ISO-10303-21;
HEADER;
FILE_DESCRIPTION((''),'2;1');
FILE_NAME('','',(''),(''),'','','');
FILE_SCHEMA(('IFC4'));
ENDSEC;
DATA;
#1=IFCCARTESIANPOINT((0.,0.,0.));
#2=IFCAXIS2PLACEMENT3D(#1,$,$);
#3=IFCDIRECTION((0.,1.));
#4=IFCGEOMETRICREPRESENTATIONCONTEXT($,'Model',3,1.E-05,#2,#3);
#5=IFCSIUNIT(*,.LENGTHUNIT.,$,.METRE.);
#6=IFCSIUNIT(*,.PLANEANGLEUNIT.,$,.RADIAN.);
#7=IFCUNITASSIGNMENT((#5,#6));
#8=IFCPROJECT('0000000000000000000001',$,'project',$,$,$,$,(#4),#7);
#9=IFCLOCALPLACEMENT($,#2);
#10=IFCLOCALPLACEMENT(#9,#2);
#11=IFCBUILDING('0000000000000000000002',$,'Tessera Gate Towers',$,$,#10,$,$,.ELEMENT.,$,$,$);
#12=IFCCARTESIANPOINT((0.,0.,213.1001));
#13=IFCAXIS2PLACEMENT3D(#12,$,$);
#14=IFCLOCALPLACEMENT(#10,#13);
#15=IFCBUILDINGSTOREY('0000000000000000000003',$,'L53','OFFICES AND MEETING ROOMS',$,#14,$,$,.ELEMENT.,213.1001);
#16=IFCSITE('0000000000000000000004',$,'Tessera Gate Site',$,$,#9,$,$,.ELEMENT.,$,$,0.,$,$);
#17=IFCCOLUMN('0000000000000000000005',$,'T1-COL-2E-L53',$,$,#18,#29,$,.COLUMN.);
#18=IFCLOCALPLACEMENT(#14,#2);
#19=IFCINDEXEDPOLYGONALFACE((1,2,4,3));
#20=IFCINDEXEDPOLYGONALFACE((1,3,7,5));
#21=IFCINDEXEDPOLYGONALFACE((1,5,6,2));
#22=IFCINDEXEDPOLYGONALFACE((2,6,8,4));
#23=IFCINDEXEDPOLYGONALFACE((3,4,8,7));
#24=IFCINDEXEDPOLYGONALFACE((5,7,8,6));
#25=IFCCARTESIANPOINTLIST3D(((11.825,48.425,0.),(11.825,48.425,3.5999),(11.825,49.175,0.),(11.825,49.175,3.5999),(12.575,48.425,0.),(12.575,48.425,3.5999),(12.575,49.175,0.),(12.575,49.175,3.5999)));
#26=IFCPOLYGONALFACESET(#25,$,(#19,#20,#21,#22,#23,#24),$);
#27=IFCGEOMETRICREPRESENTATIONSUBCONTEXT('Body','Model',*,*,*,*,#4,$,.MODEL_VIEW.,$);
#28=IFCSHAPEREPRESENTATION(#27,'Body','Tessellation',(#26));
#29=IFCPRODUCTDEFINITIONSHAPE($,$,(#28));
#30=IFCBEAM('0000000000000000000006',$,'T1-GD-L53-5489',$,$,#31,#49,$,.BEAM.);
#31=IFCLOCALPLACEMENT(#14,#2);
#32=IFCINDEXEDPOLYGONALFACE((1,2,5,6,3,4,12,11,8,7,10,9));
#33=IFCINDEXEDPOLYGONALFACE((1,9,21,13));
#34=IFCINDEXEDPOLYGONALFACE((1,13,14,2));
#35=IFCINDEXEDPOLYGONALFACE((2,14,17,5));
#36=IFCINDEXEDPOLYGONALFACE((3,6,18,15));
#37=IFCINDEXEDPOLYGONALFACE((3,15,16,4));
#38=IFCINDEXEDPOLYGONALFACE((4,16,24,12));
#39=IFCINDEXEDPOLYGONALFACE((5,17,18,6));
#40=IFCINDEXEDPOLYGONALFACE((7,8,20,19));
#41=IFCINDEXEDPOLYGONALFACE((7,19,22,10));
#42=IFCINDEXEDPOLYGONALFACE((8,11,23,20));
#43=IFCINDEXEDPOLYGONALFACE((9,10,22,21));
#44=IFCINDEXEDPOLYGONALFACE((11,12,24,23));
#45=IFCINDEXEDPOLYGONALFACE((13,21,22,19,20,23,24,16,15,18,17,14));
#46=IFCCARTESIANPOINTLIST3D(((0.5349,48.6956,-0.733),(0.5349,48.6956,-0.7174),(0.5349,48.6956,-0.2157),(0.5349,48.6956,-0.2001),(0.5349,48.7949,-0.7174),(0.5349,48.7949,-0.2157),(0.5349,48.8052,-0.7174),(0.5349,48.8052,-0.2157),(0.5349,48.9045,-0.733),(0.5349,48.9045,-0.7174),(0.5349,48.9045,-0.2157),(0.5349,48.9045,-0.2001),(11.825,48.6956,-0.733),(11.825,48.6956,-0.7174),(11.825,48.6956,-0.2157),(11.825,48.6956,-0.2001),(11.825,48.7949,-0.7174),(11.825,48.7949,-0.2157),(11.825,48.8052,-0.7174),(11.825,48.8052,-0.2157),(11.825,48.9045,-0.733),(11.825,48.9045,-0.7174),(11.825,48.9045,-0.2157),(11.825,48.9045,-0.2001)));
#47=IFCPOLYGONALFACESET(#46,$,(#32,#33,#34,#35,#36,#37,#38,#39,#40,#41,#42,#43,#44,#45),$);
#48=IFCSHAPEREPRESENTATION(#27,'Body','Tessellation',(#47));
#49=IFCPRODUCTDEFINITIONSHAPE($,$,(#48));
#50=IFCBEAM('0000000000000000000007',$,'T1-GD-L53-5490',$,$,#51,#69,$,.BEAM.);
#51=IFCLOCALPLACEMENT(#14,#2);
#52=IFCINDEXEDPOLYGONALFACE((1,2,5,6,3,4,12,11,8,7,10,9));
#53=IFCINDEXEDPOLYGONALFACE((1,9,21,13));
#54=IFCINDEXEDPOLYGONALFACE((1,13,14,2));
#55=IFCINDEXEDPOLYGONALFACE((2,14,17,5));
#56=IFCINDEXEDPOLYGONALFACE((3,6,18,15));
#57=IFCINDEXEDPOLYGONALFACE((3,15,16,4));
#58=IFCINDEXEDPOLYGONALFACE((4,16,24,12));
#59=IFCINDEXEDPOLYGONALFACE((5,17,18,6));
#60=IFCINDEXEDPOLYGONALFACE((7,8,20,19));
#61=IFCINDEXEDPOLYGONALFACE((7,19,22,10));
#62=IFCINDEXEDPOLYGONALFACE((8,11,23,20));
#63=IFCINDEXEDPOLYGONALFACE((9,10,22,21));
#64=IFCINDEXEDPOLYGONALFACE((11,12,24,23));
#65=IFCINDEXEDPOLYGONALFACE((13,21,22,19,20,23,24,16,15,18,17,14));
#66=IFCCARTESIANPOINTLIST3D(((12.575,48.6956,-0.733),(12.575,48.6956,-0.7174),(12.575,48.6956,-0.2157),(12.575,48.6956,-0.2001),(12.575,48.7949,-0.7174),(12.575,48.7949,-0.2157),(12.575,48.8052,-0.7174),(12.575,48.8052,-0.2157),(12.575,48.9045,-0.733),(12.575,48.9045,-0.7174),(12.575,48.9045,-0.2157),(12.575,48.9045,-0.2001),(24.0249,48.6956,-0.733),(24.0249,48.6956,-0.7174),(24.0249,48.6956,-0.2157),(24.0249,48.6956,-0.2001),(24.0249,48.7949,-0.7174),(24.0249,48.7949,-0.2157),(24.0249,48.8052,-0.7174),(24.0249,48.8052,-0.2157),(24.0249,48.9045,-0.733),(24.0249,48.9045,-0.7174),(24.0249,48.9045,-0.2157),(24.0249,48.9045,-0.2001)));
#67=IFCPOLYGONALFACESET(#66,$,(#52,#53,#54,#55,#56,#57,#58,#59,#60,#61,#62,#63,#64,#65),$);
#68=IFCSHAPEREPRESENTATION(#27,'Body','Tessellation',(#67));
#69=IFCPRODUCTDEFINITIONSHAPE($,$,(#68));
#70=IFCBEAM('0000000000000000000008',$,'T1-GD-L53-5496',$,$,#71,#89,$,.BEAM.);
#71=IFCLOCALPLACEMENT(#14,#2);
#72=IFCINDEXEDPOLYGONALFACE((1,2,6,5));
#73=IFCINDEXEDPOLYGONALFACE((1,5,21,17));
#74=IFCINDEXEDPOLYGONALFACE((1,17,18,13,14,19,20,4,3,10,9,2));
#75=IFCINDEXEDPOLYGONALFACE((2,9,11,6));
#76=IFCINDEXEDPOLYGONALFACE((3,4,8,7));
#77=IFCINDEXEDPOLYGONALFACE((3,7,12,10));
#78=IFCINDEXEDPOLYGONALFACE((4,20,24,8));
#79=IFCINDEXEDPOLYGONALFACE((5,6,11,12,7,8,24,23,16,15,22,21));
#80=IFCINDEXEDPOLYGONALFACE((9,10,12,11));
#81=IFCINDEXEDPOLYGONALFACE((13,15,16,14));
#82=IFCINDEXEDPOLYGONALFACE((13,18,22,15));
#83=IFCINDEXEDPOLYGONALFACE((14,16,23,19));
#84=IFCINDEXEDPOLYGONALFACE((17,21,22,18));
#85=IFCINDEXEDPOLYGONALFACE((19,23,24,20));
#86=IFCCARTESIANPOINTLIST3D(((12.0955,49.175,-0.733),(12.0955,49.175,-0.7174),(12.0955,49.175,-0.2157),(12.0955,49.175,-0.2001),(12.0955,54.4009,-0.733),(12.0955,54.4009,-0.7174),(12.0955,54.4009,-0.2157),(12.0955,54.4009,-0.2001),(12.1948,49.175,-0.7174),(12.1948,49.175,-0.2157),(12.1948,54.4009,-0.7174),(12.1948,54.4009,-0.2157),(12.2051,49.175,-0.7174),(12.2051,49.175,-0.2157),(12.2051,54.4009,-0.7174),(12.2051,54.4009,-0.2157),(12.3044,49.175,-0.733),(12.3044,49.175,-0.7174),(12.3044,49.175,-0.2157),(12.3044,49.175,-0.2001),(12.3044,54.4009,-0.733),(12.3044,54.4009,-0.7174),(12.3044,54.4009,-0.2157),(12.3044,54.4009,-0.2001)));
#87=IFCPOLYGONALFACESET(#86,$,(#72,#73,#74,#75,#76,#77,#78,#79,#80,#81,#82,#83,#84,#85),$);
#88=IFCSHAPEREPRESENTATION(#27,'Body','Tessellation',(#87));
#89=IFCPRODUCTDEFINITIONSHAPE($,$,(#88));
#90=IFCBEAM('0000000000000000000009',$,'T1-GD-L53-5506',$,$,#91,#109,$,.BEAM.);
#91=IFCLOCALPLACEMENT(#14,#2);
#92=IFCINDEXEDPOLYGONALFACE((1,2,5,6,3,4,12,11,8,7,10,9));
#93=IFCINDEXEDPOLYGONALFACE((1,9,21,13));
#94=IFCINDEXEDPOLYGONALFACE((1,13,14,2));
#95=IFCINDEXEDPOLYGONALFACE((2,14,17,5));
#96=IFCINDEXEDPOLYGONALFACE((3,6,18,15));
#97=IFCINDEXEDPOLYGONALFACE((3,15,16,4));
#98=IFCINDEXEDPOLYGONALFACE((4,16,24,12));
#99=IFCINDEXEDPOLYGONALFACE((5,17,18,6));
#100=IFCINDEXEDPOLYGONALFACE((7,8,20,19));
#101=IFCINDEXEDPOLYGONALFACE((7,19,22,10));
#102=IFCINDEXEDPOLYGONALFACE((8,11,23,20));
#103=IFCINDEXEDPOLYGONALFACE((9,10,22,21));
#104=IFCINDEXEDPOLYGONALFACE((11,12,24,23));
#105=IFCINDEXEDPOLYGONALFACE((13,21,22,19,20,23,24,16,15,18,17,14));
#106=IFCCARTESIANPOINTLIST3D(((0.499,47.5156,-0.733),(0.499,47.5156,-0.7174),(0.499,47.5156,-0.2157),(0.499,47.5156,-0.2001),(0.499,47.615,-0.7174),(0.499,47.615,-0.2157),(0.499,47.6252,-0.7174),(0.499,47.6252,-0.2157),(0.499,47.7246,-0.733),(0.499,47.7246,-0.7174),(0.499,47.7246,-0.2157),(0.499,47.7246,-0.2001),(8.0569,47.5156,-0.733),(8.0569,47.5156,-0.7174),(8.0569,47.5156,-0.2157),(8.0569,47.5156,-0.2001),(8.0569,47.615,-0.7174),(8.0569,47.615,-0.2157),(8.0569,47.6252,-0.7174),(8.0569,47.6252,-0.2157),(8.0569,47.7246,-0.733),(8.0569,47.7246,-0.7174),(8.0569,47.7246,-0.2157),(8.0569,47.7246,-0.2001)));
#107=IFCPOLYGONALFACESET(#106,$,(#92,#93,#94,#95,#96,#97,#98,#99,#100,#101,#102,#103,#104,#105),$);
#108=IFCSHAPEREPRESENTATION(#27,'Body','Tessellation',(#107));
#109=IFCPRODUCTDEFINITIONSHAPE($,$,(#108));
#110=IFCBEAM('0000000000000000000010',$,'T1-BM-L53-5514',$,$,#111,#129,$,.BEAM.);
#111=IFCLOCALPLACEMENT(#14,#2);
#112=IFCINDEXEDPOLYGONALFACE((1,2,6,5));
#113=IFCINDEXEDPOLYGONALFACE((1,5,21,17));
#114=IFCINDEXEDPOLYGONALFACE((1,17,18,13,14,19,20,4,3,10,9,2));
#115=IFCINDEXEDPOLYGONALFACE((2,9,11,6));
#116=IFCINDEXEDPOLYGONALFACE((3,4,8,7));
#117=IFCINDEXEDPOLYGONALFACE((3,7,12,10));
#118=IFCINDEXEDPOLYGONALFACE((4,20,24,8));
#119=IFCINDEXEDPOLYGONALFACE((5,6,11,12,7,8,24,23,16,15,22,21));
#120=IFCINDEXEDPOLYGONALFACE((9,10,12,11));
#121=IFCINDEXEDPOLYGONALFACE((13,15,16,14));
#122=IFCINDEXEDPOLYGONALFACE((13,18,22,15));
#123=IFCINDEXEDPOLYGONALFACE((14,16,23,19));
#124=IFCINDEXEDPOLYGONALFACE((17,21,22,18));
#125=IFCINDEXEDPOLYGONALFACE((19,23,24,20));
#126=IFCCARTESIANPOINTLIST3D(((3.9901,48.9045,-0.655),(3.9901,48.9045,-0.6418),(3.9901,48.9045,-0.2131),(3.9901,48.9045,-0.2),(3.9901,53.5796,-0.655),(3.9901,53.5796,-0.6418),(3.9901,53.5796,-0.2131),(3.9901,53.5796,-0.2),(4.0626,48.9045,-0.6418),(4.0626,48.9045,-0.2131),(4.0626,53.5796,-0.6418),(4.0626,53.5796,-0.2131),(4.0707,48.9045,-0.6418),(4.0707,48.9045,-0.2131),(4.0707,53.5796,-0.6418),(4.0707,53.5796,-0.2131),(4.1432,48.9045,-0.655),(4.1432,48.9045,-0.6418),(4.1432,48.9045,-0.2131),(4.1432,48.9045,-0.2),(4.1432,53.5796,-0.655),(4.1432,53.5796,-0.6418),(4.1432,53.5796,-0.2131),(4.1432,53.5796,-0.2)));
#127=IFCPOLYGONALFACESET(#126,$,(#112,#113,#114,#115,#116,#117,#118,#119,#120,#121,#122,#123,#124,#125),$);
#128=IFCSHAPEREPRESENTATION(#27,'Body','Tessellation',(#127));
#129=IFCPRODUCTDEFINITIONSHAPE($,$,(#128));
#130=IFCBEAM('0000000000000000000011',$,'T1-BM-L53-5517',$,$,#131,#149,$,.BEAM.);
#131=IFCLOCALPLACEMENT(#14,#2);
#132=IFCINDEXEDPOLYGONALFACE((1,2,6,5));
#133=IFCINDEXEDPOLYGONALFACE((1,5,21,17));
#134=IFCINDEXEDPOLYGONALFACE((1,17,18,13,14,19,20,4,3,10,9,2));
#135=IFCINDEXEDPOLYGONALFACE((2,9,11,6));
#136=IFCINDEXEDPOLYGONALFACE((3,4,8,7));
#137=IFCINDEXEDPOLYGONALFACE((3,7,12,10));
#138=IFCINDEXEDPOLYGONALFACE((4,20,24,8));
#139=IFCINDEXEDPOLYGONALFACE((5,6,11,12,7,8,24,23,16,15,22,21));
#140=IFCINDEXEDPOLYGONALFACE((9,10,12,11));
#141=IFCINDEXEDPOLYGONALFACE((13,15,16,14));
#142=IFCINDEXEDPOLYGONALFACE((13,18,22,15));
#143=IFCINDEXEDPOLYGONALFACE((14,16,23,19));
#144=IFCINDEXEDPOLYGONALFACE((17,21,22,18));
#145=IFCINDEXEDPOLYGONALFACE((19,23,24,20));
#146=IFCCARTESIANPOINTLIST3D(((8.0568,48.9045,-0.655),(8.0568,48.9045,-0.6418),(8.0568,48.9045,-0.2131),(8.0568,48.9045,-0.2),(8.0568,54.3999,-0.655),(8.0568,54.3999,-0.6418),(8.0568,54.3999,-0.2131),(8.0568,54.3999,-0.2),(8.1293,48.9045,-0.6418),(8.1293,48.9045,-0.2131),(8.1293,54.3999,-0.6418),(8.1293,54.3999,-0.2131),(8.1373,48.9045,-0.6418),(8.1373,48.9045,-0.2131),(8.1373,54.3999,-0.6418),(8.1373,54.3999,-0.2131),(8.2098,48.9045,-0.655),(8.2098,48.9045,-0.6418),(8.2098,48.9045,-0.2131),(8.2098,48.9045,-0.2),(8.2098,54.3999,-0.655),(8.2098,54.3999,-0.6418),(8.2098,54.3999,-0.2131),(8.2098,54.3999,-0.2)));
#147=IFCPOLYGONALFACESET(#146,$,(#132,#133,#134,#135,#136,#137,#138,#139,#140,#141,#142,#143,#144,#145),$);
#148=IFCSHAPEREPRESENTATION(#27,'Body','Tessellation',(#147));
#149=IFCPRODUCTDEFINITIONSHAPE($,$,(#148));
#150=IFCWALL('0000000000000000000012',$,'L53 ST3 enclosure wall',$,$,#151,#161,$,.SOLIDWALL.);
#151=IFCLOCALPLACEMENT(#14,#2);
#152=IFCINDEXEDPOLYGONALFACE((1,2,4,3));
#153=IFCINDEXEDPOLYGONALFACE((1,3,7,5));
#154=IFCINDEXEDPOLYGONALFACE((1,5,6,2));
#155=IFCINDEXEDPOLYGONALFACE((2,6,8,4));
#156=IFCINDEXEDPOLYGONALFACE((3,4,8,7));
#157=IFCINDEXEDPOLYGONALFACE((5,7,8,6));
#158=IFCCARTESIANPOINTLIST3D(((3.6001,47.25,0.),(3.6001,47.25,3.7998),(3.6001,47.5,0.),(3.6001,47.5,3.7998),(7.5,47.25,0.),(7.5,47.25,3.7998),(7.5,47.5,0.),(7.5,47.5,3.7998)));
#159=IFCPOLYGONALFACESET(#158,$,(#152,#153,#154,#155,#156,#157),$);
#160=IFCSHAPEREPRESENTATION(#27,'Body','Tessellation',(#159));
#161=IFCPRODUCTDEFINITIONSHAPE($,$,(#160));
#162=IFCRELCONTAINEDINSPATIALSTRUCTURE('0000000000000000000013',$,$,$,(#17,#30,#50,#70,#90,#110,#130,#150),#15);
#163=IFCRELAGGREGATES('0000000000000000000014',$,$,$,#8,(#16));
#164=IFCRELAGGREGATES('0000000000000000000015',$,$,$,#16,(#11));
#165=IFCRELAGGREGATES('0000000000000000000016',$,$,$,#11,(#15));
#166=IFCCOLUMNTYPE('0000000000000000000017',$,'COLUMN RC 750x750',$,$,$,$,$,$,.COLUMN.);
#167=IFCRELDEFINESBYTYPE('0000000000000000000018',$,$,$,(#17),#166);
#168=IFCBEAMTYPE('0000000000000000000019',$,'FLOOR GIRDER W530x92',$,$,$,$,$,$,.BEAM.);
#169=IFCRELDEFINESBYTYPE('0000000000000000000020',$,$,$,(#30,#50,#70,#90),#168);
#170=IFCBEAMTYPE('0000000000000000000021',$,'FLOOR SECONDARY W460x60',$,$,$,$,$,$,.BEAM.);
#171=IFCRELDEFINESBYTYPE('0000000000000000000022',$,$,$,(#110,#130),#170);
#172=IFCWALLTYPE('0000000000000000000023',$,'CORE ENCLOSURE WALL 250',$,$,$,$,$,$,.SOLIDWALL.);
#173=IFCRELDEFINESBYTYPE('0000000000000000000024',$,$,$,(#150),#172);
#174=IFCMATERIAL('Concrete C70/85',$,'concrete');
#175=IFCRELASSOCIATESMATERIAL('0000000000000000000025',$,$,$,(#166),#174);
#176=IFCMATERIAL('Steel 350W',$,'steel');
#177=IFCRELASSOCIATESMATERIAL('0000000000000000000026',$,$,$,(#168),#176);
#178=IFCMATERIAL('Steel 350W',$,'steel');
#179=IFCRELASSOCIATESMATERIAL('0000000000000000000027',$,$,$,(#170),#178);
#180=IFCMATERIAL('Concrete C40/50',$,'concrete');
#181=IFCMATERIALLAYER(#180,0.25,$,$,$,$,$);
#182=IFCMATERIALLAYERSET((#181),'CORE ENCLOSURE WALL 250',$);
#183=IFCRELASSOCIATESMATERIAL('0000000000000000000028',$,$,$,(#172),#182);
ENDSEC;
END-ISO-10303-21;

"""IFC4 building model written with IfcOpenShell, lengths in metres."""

from ifc_helpers import new_model, si_unit, direction, frame, frame_2d, origin, origin_2d, place, context, subcontext, project, spatial, rectangle, i_section, extrude, material, layer, layer_set, material_profile, profile_set, type_object, element, save


model = new_model("IFC4")

# Units and contexts
model_context = context("Model", 3, precision=1e-05, world=origin(), true_north=direction((0.0, 1.0)))
body_context = subcontext(model_context, "Body", "Model", "MODEL_VIEW")
ifc_project = project(units=[si_unit("LENGTHUNIT", "METRE"), si_unit("PLANEANGLEUNIT", "RADIAN")], contexts=[model_context])

# Site, building, storey
site_placement = place(None, origin())
site = spatial("IfcSite", under=ifc_project, at=site_placement, Name="Tessera Gate Site", CompositionType="ELEMENT", RefElevation=0.0)
building_placement = place(site_placement, origin())
building = spatial("IfcBuilding", under=site, at=building_placement, Name="Tessera Gate Towers", CompositionType="ELEMENT")
storey_placement = place(building_placement, frame((0.0, 0.0, 213.1001)))
storey = spatial("IfcBuildingStorey", under=building, at=storey_placement, Name="L53", Description="OFFICES AND MEETING ROOMS", CompositionType="ELEMENT", Elevation=213.1001)

# Column
ifc_material_1 = material(Name="Concrete C70/85", Category="concrete")
ifc_material_profile_1 = material_profile(ifc_material_1, rectangle(XDim=0.75, YDim=0.75, at=origin_2d()), Name="RC 750x750")
ifc_profile_set_1 = profile_set([ifc_material_profile_1], Name="Concrete C70/85")
column_type = type_object("IfcColumnType", Name="COLUMN RC 750x750", PredefinedType="COLUMN", material=ifc_profile_set_1)
column_placement = place(storey_placement, frame((12.2, 48.8, 0.0), z_axis=(0.0, 0.0, 1.0), x_axis=(1.0, 0.0, 0.0)))
element("IfcColumn", 1, at=column_placement, inside=storey, type_object=column_type, Name="T1-COL-2E-L53", PredefinedType="COLUMN", context=body_context, shape_type="SweptSolid", body=[
    extrude(rectangle(XDim=0.75, YDim=0.75, at=origin_2d()), origin(), (0.0, 0.0, 1.0), 3.5999),
])

# Beams
ifc_material_2 = material(Name="Steel 350W", Category="steel")
ifc_material_profile_2 = material_profile(ifc_material_2, i_section(OverallWidth=0.209, OverallDepth=0.533, WebThickness=0.0103, FlangeThickness=0.0156, at=origin_2d()), Name="W530x92")
ifc_profile_set_2 = profile_set([ifc_material_profile_2], Name="Steel 350W")
beam_type_1 = type_object("IfcBeamType", Name="FLOOR GIRDER W530x92", PredefinedType="BEAM", material=ifc_profile_set_2)
beam_1_placement = place(storey_placement, frame((0.5349, 48.8, -0.4666), z_axis=(1.0, 0.0, 0.0), x_axis=(0.0, 1.0, 0.0)))
element("IfcBeam", 2, at=beam_1_placement, inside=storey, type_object=beam_type_1, Name="T1-GD-L53-5489", PredefinedType="BEAM", context=body_context, shape_type="SweptSolid", body=[
    extrude(i_section(OverallWidth=0.209, OverallDepth=0.533, WebThickness=0.0103, FlangeThickness=0.0156, at=origin_2d()), origin(), (0.0, 0.0, 1.0), 11.29),
])
beam_2_placement = place(storey_placement, frame((12.575, 48.8, -0.4666), z_axis=(1.0, 0.0, 0.0), x_axis=(0.0, 1.0, 0.0)))
element("IfcBeam", 3, at=beam_2_placement, inside=storey, type_object=beam_type_1, Name="T1-GD-L53-5490", PredefinedType="BEAM", context=body_context, shape_type="SweptSolid", body=[
    extrude(i_section(OverallWidth=0.209, OverallDepth=0.533, WebThickness=0.0103, FlangeThickness=0.0156, at=origin_2d()), origin(), (0.0, 0.0, 1.0), 11.45),
])
beam_3_placement = place(storey_placement, frame((12.2, 49.175, -0.4666), z_axis=(0.0, 1.0, 0.0), x_axis=(-1.0, 0.0, 0.0)))
element("IfcBeam", 4, at=beam_3_placement, inside=storey, type_object=beam_type_1, Name="T1-GD-L53-5496", PredefinedType="BEAM", context=body_context, shape_type="SweptSolid", body=[
    extrude(i_section(OverallWidth=0.209, OverallDepth=0.533, WebThickness=0.0103, FlangeThickness=0.0156, at=origin_2d()), origin(), (0.0, 0.0, 1.0), 5.2258),
])
beam_4_placement = place(storey_placement, frame((0.499, 47.6201, -0.4666), z_axis=(1.0, 0.0, 0.0), x_axis=(0.0, 1.0, 0.0)))
element("IfcBeam", 5, at=beam_4_placement, inside=storey, type_object=beam_type_1, Name="T1-GD-L53-5506", PredefinedType="BEAM", context=body_context, shape_type="SweptSolid", body=[
    extrude(i_section(OverallWidth=0.209, OverallDepth=0.533, WebThickness=0.0103, FlangeThickness=0.0156, at=origin_2d()), origin(), (0.0, 0.0, 1.0), 7.5579),
])
ifc_material_3 = material(Name="Steel 350W", Category="steel")
ifc_material_profile_3 = material_profile(ifc_material_3, i_section(OverallWidth=0.1531, OverallDepth=0.4551, WebThickness=0.0081, FlangeThickness=0.0132, at=origin_2d()), Name="W460x60")
ifc_profile_set_3 = profile_set([ifc_material_profile_3], Name="Steel 350W")
beam_type_2 = type_object("IfcBeamType", Name="FLOOR SECONDARY W460x60", PredefinedType="BEAM", material=ifc_profile_set_3)
beam_5_placement = place(storey_placement, frame((4.0667, 48.9045, -0.4275), z_axis=(0.0, 1.0, 0.0), x_axis=(-1.0, 0.0, 0.0)))
element("IfcBeam", 6, at=beam_5_placement, inside=storey, type_object=beam_type_2, Name="T1-BM-L53-5514", PredefinedType="BEAM", context=body_context, shape_type="SweptSolid", body=[
    extrude(i_section(OverallWidth=0.1531, OverallDepth=0.4551, WebThickness=0.0081, FlangeThickness=0.0132, at=origin_2d()), origin(), (0.0, 0.0, 1.0), 4.675),
])
beam_6_placement = place(storey_placement, frame((8.1333, 48.9045, -0.4275), z_axis=(0.0, 1.0, 0.0), x_axis=(-1.0, 0.0, 0.0)))
element("IfcBeam", 7, at=beam_6_placement, inside=storey, type_object=beam_type_2, Name="T1-BM-L53-5517", PredefinedType="BEAM", context=body_context, shape_type="SweptSolid", body=[
    extrude(i_section(OverallWidth=0.1531, OverallDepth=0.4551, WebThickness=0.0081, FlangeThickness=0.0132, at=origin_2d()), origin(), (0.0, 0.0, 1.0), 5.4954),
])

# Wall
ifc_material_4 = material(Name="Concrete C40/50", Category="concrete")
ifc_layer_1 = layer(ifc_material_4, 0.25)
ifc_layer_set_1 = layer_set([ifc_layer_1], Name="CORE ENCLOSURE WALL 250")
wall_type_1 = type_object("IfcWallType", Name="CORE ENCLOSURE WALL 250", PredefinedType="SOLIDWALL", material=ifc_layer_set_1)
wall_1_placement = place(storey_placement, frame((3.6001, 47.375, 0.0), z_axis=(0.0, 0.0, 1.0), x_axis=(1.0, 0.0, 0.0)))
element("IfcWall", 8, at=wall_1_placement, inside=storey, type_object=wall_type_1, Name="L53 ST3 enclosure wall", PredefinedType="SOLIDWALL", context=body_context, shape_type="SweptSolid", body=[
    extrude(rectangle(XDim=3.8999, YDim=0.25, at=frame_2d((1.95, 0.0))), origin(), (0.0, 0.0, 1.0), 3.7998),
])

save(model, "model.ifc")
